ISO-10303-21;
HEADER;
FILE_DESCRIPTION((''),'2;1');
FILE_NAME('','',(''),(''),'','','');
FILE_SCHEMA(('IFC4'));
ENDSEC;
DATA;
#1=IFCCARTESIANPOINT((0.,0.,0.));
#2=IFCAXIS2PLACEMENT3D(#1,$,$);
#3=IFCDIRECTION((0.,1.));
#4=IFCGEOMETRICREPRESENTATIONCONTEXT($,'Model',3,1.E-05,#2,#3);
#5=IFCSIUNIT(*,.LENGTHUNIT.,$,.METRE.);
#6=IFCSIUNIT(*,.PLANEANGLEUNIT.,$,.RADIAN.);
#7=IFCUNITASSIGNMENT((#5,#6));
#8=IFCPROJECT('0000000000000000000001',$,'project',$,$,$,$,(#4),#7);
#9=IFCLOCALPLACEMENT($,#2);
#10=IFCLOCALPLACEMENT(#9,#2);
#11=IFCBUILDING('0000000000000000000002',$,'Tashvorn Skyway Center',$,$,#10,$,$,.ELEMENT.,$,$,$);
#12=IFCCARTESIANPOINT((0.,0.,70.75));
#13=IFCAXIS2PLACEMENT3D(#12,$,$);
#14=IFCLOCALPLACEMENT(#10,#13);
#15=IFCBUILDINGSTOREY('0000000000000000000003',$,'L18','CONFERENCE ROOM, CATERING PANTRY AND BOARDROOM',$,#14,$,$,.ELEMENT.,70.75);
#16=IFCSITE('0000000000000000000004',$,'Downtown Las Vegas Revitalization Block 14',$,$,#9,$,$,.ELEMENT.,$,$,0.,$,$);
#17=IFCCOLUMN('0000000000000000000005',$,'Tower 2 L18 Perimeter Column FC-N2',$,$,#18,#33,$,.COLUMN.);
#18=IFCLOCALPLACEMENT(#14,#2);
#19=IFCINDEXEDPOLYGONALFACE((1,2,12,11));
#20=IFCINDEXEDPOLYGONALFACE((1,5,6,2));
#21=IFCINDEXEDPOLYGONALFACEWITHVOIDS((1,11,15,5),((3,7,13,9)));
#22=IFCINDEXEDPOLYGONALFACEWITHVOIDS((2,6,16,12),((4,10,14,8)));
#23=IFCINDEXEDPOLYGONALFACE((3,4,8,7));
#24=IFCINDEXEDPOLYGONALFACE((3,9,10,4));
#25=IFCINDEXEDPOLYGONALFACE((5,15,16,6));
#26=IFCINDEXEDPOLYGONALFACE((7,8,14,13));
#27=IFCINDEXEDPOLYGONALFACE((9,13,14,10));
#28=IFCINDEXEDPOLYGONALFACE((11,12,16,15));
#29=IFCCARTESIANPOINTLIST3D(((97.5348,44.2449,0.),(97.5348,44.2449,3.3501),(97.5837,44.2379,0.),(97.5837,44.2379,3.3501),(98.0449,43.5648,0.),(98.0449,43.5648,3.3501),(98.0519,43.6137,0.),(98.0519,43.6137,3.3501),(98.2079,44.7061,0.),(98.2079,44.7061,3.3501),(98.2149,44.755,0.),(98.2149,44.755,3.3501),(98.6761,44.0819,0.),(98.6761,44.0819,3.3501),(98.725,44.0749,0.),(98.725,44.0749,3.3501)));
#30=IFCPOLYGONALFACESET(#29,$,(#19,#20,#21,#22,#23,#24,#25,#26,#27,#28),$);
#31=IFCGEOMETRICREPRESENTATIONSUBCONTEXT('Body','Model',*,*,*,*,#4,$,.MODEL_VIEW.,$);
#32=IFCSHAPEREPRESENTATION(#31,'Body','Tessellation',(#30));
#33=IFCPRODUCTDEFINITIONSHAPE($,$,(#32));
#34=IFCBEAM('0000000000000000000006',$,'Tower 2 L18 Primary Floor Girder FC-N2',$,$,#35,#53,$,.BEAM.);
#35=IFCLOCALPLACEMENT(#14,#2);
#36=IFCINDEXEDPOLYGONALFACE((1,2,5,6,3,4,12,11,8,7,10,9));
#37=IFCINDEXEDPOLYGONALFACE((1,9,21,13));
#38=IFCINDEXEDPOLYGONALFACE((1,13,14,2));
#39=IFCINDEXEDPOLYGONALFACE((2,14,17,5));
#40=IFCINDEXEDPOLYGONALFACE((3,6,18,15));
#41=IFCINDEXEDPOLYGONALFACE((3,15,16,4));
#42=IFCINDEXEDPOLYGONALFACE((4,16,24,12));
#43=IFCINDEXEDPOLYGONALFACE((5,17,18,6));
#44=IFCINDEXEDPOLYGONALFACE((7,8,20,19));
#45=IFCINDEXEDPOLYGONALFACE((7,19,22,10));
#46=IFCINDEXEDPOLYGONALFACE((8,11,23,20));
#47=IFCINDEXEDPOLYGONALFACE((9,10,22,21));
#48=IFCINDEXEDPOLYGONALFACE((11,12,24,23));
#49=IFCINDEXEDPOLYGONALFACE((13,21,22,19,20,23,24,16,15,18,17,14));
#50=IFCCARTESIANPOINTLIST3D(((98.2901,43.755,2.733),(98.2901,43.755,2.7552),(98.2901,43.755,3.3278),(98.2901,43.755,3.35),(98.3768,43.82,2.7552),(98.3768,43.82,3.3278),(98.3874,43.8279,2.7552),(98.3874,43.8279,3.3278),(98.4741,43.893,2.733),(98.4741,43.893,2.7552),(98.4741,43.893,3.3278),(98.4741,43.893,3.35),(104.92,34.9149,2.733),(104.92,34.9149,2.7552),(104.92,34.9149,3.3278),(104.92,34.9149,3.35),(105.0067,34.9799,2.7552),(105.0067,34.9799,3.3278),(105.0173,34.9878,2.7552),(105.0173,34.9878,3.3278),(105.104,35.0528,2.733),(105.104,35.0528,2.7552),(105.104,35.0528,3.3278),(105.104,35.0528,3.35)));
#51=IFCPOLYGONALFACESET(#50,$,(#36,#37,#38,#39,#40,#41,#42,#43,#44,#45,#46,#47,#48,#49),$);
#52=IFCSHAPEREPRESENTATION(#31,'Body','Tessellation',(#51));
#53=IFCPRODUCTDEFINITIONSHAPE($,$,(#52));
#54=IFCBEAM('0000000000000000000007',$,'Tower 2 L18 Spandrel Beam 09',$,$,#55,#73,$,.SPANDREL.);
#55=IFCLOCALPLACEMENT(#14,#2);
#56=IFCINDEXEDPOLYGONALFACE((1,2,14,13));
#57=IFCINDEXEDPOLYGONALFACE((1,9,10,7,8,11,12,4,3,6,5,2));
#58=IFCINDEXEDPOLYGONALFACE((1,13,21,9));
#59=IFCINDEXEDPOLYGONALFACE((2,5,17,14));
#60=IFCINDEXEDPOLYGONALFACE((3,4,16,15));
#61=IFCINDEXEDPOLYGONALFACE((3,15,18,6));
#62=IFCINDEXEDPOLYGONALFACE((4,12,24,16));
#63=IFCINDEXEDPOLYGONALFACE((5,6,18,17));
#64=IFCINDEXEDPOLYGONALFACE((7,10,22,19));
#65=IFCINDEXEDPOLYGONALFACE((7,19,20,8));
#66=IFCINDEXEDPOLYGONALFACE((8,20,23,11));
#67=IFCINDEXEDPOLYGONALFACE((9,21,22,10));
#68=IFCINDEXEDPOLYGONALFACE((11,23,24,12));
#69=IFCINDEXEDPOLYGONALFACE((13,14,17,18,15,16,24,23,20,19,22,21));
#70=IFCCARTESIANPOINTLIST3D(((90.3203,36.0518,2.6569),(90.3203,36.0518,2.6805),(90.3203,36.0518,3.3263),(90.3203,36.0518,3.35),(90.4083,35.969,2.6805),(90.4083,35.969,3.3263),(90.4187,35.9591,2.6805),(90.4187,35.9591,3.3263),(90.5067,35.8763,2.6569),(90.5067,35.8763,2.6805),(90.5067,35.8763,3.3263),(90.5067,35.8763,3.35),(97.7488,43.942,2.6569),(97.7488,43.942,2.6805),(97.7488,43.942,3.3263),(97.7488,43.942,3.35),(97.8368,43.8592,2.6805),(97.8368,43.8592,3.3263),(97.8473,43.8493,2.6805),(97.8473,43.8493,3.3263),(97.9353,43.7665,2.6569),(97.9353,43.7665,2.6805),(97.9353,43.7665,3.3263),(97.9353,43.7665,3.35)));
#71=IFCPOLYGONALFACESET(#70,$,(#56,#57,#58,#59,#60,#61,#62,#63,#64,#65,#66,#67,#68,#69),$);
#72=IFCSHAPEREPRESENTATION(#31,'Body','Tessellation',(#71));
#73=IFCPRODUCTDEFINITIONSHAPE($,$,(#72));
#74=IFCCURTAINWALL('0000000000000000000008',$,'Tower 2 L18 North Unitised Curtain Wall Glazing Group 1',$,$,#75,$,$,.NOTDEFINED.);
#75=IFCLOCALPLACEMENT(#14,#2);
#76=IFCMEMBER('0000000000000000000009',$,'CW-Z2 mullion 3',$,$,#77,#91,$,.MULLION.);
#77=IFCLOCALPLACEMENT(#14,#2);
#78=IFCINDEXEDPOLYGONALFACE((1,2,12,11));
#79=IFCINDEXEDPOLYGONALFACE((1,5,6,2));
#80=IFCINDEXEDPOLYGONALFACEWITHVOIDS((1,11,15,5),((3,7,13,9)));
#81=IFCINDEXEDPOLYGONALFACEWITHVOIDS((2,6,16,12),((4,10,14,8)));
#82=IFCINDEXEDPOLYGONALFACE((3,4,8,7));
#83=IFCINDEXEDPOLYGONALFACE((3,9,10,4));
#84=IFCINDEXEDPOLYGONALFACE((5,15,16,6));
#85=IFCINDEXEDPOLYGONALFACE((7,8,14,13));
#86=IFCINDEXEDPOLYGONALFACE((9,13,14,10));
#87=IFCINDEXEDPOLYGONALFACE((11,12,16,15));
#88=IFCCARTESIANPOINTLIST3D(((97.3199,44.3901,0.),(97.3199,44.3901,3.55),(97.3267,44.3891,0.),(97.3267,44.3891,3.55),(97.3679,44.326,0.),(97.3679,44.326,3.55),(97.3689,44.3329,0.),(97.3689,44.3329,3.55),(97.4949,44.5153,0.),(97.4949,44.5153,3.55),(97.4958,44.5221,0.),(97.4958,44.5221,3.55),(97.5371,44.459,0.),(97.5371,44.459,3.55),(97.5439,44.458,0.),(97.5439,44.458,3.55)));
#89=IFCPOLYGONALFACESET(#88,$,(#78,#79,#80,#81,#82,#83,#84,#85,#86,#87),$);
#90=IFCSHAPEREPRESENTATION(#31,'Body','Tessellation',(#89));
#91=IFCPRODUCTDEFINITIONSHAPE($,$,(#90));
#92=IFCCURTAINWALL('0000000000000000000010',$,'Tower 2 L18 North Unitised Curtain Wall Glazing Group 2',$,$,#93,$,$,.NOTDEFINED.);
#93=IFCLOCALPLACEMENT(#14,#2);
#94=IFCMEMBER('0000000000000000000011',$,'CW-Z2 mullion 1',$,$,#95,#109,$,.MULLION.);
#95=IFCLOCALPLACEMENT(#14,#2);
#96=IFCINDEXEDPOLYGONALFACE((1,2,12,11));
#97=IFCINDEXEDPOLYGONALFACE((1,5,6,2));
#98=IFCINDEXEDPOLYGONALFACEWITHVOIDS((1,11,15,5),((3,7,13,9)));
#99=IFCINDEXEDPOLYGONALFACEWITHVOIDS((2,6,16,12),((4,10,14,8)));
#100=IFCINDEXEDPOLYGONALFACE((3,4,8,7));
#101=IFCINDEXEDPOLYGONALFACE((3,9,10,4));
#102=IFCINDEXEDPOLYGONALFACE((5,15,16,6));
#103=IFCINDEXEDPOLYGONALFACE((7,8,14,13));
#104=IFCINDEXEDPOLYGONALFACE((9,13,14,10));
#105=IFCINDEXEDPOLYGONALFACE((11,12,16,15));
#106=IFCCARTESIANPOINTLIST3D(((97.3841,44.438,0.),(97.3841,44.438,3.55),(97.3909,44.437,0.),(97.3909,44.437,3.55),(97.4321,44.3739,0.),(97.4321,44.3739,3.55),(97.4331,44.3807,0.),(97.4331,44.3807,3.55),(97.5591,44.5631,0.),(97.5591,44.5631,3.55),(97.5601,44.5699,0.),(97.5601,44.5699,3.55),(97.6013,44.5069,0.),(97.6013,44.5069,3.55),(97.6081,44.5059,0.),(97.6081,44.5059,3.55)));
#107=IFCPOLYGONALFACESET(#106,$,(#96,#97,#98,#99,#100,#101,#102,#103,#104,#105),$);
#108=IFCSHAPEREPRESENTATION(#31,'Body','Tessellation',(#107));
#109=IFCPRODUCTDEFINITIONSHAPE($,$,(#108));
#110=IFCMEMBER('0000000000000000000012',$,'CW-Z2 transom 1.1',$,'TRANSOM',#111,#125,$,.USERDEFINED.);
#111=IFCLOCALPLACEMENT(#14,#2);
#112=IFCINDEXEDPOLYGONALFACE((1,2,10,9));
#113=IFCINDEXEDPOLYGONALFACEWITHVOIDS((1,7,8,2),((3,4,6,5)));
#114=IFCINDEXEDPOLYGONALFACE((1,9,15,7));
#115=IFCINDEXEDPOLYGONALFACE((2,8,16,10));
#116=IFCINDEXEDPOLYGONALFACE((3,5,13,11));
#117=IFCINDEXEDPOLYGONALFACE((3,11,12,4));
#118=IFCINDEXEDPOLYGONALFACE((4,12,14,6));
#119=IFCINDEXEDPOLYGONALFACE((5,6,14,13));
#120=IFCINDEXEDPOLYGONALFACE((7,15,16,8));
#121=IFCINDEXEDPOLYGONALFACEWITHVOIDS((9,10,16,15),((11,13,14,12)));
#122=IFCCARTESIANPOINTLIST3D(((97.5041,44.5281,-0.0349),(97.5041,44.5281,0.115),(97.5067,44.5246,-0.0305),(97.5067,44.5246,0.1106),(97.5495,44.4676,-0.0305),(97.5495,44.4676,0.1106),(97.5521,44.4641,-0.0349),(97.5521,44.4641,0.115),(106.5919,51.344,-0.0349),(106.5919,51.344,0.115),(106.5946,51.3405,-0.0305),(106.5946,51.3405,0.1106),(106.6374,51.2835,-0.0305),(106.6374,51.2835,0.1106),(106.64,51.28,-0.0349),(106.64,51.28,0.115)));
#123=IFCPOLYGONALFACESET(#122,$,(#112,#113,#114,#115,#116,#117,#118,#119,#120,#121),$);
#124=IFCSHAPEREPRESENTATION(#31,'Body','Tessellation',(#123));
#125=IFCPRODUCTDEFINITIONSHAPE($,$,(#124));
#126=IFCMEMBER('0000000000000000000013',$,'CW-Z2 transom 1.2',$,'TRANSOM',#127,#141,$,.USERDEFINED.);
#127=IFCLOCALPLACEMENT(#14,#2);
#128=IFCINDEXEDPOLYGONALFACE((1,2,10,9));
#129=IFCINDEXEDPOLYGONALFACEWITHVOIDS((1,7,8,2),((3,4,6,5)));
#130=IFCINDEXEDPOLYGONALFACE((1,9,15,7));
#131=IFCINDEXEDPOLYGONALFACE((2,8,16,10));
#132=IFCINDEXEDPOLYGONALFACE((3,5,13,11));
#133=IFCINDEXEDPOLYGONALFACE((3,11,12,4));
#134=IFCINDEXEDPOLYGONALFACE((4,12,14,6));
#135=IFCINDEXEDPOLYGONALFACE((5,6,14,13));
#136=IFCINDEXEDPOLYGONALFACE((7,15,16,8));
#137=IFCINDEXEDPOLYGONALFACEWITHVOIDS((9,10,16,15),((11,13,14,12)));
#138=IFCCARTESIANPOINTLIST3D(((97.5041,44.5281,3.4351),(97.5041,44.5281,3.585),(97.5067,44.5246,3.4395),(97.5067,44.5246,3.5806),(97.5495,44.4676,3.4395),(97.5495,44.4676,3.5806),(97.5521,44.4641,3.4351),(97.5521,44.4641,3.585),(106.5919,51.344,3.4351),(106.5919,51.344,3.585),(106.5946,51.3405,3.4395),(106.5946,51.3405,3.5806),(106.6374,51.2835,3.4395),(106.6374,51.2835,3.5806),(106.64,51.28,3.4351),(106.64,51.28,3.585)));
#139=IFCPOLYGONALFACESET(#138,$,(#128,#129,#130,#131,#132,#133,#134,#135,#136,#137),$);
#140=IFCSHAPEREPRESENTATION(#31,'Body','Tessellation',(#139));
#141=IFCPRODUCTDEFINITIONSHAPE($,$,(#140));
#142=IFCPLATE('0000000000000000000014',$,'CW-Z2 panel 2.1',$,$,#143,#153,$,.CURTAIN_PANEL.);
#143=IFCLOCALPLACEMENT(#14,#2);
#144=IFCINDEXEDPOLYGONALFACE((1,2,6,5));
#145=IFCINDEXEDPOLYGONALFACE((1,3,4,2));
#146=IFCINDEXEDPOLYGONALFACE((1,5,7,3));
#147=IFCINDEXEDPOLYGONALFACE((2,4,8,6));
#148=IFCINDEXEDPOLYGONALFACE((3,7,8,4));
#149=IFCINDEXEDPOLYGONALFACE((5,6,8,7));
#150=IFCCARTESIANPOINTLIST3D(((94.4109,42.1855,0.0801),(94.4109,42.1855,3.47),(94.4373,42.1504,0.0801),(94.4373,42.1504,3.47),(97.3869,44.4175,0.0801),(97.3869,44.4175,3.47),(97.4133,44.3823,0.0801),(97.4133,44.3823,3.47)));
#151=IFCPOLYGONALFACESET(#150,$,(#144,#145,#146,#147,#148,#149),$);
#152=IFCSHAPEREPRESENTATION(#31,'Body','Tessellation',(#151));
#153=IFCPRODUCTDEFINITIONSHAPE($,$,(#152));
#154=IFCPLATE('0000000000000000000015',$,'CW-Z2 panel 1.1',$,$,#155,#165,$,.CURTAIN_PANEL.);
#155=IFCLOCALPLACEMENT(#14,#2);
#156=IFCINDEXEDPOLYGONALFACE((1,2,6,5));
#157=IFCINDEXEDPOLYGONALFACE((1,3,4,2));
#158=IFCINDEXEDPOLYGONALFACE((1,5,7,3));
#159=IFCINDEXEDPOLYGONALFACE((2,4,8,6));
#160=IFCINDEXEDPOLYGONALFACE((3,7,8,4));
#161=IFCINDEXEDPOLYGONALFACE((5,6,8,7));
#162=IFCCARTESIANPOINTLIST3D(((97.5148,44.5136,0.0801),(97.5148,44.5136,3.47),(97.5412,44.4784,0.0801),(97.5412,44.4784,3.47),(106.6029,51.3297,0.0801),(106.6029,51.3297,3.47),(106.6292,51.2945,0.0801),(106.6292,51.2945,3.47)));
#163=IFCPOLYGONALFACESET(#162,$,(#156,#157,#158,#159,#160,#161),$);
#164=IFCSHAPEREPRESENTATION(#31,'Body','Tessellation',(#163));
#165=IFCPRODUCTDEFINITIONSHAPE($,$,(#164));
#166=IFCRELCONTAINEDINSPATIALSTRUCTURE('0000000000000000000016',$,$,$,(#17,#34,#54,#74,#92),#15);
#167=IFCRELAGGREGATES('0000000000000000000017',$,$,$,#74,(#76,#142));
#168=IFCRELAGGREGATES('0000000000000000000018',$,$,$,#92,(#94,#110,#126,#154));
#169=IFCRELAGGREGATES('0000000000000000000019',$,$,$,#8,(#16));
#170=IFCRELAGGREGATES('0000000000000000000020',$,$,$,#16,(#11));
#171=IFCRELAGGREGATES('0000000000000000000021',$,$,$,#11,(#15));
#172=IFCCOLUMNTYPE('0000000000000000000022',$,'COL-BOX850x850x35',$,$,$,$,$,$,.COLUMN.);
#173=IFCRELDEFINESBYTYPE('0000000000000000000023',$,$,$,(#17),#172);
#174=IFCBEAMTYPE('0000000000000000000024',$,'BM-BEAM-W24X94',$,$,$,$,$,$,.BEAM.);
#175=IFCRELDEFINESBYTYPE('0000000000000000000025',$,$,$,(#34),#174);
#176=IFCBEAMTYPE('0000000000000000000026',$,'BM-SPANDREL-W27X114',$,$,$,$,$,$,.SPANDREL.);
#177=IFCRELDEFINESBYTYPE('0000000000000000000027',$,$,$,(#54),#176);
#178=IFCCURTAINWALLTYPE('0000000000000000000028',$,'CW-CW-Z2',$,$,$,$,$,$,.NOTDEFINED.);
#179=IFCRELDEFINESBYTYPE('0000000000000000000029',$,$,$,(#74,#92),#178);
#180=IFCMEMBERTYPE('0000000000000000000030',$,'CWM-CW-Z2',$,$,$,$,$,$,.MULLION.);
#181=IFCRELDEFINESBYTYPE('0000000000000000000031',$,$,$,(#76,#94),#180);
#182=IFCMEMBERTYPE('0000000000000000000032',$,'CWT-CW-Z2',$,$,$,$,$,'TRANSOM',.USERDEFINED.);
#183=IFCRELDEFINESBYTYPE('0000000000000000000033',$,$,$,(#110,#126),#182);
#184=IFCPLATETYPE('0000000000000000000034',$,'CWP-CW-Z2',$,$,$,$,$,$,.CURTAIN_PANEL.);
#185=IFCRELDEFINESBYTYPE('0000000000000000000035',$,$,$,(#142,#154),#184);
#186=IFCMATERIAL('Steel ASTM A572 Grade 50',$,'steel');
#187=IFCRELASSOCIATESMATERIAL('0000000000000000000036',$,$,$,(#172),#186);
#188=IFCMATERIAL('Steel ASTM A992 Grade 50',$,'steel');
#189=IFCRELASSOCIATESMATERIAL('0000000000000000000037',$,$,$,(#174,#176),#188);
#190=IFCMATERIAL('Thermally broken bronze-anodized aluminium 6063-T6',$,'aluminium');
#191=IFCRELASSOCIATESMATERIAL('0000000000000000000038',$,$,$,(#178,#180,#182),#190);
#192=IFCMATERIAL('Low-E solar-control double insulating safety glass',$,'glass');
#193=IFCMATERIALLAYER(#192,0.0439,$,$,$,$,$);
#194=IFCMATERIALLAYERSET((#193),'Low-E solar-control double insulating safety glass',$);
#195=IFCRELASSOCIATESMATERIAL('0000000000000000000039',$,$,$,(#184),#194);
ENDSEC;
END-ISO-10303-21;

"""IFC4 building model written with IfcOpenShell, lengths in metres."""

from ifc_helpers import new_model, si_unit, direction, frame, origin, origin_2d, place, context, subcontext, project, spatial, rectangle, hollow_rectangle, i_section, extrude, material, layer, layer_set, material_profile, profile_set, type_object, element, aggregate, save


model = new_model("IFC4")

# Units and contexts
model_context = context("Model", 3, precision=1e-05, world=origin(), true_north=direction((0.0, 1.0)))
body_context = subcontext(model_context, "Body", "Model", "MODEL_VIEW")
ifc_project = project(units=[si_unit("LENGTHUNIT", "METRE"), si_unit("PLANEANGLEUNIT", "RADIAN")], contexts=[model_context])

# Site, building, storey
site_placement = place(None, origin())
site = spatial("IfcSite", under=ifc_project, at=site_placement, Name="Downtown Las Vegas Revitalization Block 14", CompositionType="ELEMENT", RefElevation=0.0)
building_placement = place(site_placement, origin())
building = spatial("IfcBuilding", under=site, at=building_placement, Name="Tashvorn Skyway Center", CompositionType="ELEMENT")
storey_placement = place(building_placement, frame((0.0, 0.0, 70.75)))
storey = spatial("IfcBuildingStorey", under=building, at=storey_placement, Name="L18", Description="CONFERENCE ROOM, CATERING PANTRY AND BOARDROOM", CompositionType="ELEMENT", Elevation=70.75)

# Column
ifc_material_1 = material(Name="Steel ASTM A572 Grade 50", Category="steel")
ifc_material_profile_1 = material_profile(ifc_material_1, hollow_rectangle(XDim=0.8501, YDim=0.8501, WallThickness=0.0349, at=origin_2d()), Name="BOX850x850x35")
ifc_profile_set_1 = profile_set([ifc_material_profile_1], Name="Steel ASTM A572 Grade 50")
column_type = type_object("IfcColumnType", Name="COL-BOX850x850x35", PredefinedType="COLUMN", material=ifc_profile_set_1)
column_placement = place(storey_placement, frame((98.1299, 44.1599, 0.0), z_axis=(0.0, 0.0, 1.0), x_axis=(0.8, 0.6, 0.0)))
element("IfcColumn", 1, at=column_placement, inside=storey, type_object=column_type, Name="Tower 2 L18 Perimeter Column FC-N2", PredefinedType="COLUMN", context=body_context, shape_type="SweptSolid", body=[
    extrude(hollow_rectangle(XDim=0.8501, YDim=0.8501, WallThickness=0.0349, at=origin_2d()), origin(), (0.0, 0.0, 1.0), 3.3501),
])

# Beams
ifc_material_2 = material(Name="Steel ASTM A992 Grade 50", Category="steel")
ifc_material_profile_2 = material_profile(ifc_material_2, i_section(OverallWidth=0.23, OverallDepth=0.6169, WebThickness=0.0132, FlangeThickness=0.0222, at=origin_2d()), Name="W24X94")
ifc_profile_set_2 = profile_set([ifc_material_profile_2], Name="Steel ASTM A992 Grade 50")
beam_type_1 = type_object("IfcBeamType", Name="BM-BEAM-W24X94", PredefinedType="BEAM", material=ifc_profile_set_2)
beam_1_placement = place(storey_placement, frame((98.3821, 43.824, 3.0415), z_axis=(0.599989, -0.800008, 0.0), x_axis=(0.800008, 0.599989, 0.0)))
element("IfcBeam", 2, at=beam_1_placement, inside=storey, type_object=beam_type_1, Name="Tower 2 L18 Primary Floor Girder FC-N2", PredefinedType="BEAM", context=body_context, shape_type="SweptSolid", body=[
    extrude(i_section(OverallWidth=0.23, OverallDepth=0.6169, WebThickness=0.0132, FlangeThickness=0.0222, at=origin_2d()), origin(), (0.0, 0.0, 1.0), 11.05),
])
ifc_material_profile_3 = material_profile(ifc_material_2, i_section(OverallWidth=0.2561, OverallDepth=0.6931, WebThickness=0.0144, FlangeThickness=0.0237, at=origin_2d()), Name="W27X114")
ifc_profile_set_3 = profile_set([ifc_material_profile_3], Name="Steel ASTM A992 Grade 50")
beam_type_2 = type_object("IfcBeamType", Name="BM-SPANDREL-W27X114", PredefinedType="SPANDREL", material=ifc_profile_set_3)
beam_2_placement = place(storey_placement, frame((97.842, 43.8542, 3.0034), z_axis=(-0.685485, -0.728087, 0.0), x_axis=(0.728087, -0.685485, 0.0)))
element("IfcBeam", 3, at=beam_2_placement, inside=storey, type_object=beam_type_2, Name="Tower 2 L18 Spandrel Beam 09", PredefinedType="SPANDREL", context=body_context, shape_type="SweptSolid", body=[
    extrude(i_section(OverallWidth=0.2561, OverallDepth=0.6931, WebThickness=0.0144, FlangeThickness=0.0237, at=origin_2d()), origin(), (0.0, 0.0, 1.0), 10.8369),
])

# Curtain wall, member
ifc_material_3 = material(Name="Thermally broken bronze-anodized aluminium 6063-T6", Category="aluminium")
curtain_wall_type = type_object("IfcCurtainWallType", Name="CW-CW-Z2", PredefinedType="NOTDEFINED", material=ifc_material_3)
curtain_wall_1_placement = place(storey_placement, origin())
curtain_wall_1 = element("IfcCurtainWall", 4, at=curtain_wall_1_placement, inside=storey, type_object=curtain_wall_type, Name="Tower 2 L18 North Unitised Curtain Wall Glazing Group 1", PredefinedType="NOTDEFINED")
ifc_material_profile_4 = material_profile(ifc_material_3, hollow_rectangle(XDim=0.0801, YDim=0.22, WallThickness=0.0049, at=origin_2d()), Name="ALU-MULL-80x220")
ifc_profile_set_4 = profile_set([ifc_material_profile_4], Name="Thermally broken bronze-anodized aluminium 6063-T6")
member_type_1 = type_object("IfcMemberType", Name="CWM-CW-Z2", PredefinedType="MULLION", material=ifc_profile_set_4)
member_1_placement = place(storey_placement, frame((97.4319, 44.4241, 0.0), z_axis=(0.0, 0.0, 1.0), x_axis=(-0.6, 0.8, 0.0)))
member_1 = element("IfcMember", 5, at=member_1_placement, type_object=member_type_1, Name="CW-Z2 mullion 3", PredefinedType="MULLION", context=body_context, shape_type="SweptSolid", body=[
    extrude(hollow_rectangle(XDim=0.0801, YDim=0.22, WallThickness=0.0049, at=origin_2d()), origin(), (0.0, 0.0, 1.0), 3.55),
])

# Curtain wall, members
curtain_wall_2_placement = place(storey_placement, origin())
curtain_wall_2 = element("IfcCurtainWall", 6, at=curtain_wall_2_placement, inside=storey, type_object=curtain_wall_type, Name="Tower 2 L18 North Unitised Curtain Wall Glazing Group 2", PredefinedType="NOTDEFINED")
member_2_placement = place(storey_placement, frame((97.4961, 44.4719, 0.0), z_axis=(0.0, 0.0, 1.0), x_axis=(-0.6, 0.8, 0.0)))
member_2 = element("IfcMember", 7, at=member_2_placement, type_object=member_type_1, Name="CW-Z2 mullion 1", PredefinedType="MULLION", context=body_context, shape_type="SweptSolid", body=[
    extrude(hollow_rectangle(XDim=0.0801, YDim=0.22, WallThickness=0.0049, at=origin_2d()), origin(), (0.0, 0.0, 1.0), 3.55),
])
ifc_material_profile_5 = material_profile(ifc_material_3, hollow_rectangle(XDim=0.0801, YDim=0.1499, WallThickness=0.0044, at=origin_2d()), Name="ALU-TRAN-80x150")
ifc_profile_set_5 = profile_set([ifc_material_profile_5], Name="Thermally broken bronze-anodized aluminium 6063-T6")
member_type_2 = type_object("IfcMemberType", Name="CWT-CW-Z2", ElementType="TRANSOM", PredefinedType="USERDEFINED", material=ifc_profile_set_5)
member_3_placement = place(storey_placement, frame((97.5281, 44.4961, 0.04), z_axis=(0.8, 0.6, 0.0), x_axis=(-0.6, 0.8, 0.0)))
member_3 = element("IfcMember", 8, at=member_3_placement, type_object=member_type_2, Name="CW-Z2 transom 1.1", ObjectType="TRANSOM", PredefinedType="USERDEFINED", context=body_context, shape_type="SweptSolid", body=[
    extrude(hollow_rectangle(XDim=0.0801, YDim=0.1499, WallThickness=0.0044, at=origin_2d()), origin(), (0.0, 0.0, 1.0), 11.3599),
])
member_4_placement = place(storey_placement, frame((97.5281, 44.4961, 3.51), z_axis=(0.8, 0.6, 0.0), x_axis=(-0.6, 0.8, 0.0)))
member_4 = element("IfcMember", 9, at=member_4_placement, type_object=member_type_2, Name="CW-Z2 transom 1.2", ObjectType="TRANSOM", PredefinedType="USERDEFINED", context=body_context, shape_type="SweptSolid", body=[
    extrude(hollow_rectangle(XDim=0.0801, YDim=0.1499, WallThickness=0.0044, at=origin_2d()), origin(), (0.0, 0.0, 1.0), 11.3599),
])

# Plates
ifc_material_4 = material(Name="Low-E solar-control double insulating safety glass", Category="glass")
ifc_layer_1 = layer(ifc_material_4, 0.0439)
ifc_layer_set_1 = layer_set([ifc_layer_1], Name="Low-E solar-control double insulating safety glass")
plate_type = type_object("IfcPlateType", Name="CWP-CW-Z2", PredefinedType="CURTAIN_PANEL", material=ifc_layer_set_1)
plate_1_placement = place(storey_placement, frame((95.9121, 43.2839, 0.0801), z_axis=(0.0, 0.0, 1.0), x_axis=(0.8, 0.6, 0.0)))
plate_1 = element("IfcPlate", 10, at=plate_1_placement, type_object=plate_type, Name="CW-Z2 panel 2.1", PredefinedType="CURTAIN_PANEL", context=body_context, shape_type="SweptSolid", body=[
    extrude(rectangle(XDim=3.72, YDim=0.0439, at=origin_2d()), origin(), (0.0, 0.0, 1.0), 3.3899),
])
aggregate(curtain_wall_1, [member_1, plate_1])
plate_2_placement = place(storey_placement, frame((102.072, 47.9041, 0.0801), z_axis=(0.0, 0.0, 1.0), x_axis=(0.8, 0.6, 0.0)))
plate_2 = element("IfcPlate", 11, at=plate_2_placement, type_object=plate_type, Name="CW-Z2 panel 1.1", PredefinedType="CURTAIN_PANEL", context=body_context, shape_type="SweptSolid", body=[
    extrude(rectangle(XDim=11.3601, YDim=0.0439, at=origin_2d()), origin(), (0.0, 0.0, 1.0), 3.3899),
])
aggregate(curtain_wall_2, [member_2, member_3, member_4, plate_2])

save(model, "model.ifc")
